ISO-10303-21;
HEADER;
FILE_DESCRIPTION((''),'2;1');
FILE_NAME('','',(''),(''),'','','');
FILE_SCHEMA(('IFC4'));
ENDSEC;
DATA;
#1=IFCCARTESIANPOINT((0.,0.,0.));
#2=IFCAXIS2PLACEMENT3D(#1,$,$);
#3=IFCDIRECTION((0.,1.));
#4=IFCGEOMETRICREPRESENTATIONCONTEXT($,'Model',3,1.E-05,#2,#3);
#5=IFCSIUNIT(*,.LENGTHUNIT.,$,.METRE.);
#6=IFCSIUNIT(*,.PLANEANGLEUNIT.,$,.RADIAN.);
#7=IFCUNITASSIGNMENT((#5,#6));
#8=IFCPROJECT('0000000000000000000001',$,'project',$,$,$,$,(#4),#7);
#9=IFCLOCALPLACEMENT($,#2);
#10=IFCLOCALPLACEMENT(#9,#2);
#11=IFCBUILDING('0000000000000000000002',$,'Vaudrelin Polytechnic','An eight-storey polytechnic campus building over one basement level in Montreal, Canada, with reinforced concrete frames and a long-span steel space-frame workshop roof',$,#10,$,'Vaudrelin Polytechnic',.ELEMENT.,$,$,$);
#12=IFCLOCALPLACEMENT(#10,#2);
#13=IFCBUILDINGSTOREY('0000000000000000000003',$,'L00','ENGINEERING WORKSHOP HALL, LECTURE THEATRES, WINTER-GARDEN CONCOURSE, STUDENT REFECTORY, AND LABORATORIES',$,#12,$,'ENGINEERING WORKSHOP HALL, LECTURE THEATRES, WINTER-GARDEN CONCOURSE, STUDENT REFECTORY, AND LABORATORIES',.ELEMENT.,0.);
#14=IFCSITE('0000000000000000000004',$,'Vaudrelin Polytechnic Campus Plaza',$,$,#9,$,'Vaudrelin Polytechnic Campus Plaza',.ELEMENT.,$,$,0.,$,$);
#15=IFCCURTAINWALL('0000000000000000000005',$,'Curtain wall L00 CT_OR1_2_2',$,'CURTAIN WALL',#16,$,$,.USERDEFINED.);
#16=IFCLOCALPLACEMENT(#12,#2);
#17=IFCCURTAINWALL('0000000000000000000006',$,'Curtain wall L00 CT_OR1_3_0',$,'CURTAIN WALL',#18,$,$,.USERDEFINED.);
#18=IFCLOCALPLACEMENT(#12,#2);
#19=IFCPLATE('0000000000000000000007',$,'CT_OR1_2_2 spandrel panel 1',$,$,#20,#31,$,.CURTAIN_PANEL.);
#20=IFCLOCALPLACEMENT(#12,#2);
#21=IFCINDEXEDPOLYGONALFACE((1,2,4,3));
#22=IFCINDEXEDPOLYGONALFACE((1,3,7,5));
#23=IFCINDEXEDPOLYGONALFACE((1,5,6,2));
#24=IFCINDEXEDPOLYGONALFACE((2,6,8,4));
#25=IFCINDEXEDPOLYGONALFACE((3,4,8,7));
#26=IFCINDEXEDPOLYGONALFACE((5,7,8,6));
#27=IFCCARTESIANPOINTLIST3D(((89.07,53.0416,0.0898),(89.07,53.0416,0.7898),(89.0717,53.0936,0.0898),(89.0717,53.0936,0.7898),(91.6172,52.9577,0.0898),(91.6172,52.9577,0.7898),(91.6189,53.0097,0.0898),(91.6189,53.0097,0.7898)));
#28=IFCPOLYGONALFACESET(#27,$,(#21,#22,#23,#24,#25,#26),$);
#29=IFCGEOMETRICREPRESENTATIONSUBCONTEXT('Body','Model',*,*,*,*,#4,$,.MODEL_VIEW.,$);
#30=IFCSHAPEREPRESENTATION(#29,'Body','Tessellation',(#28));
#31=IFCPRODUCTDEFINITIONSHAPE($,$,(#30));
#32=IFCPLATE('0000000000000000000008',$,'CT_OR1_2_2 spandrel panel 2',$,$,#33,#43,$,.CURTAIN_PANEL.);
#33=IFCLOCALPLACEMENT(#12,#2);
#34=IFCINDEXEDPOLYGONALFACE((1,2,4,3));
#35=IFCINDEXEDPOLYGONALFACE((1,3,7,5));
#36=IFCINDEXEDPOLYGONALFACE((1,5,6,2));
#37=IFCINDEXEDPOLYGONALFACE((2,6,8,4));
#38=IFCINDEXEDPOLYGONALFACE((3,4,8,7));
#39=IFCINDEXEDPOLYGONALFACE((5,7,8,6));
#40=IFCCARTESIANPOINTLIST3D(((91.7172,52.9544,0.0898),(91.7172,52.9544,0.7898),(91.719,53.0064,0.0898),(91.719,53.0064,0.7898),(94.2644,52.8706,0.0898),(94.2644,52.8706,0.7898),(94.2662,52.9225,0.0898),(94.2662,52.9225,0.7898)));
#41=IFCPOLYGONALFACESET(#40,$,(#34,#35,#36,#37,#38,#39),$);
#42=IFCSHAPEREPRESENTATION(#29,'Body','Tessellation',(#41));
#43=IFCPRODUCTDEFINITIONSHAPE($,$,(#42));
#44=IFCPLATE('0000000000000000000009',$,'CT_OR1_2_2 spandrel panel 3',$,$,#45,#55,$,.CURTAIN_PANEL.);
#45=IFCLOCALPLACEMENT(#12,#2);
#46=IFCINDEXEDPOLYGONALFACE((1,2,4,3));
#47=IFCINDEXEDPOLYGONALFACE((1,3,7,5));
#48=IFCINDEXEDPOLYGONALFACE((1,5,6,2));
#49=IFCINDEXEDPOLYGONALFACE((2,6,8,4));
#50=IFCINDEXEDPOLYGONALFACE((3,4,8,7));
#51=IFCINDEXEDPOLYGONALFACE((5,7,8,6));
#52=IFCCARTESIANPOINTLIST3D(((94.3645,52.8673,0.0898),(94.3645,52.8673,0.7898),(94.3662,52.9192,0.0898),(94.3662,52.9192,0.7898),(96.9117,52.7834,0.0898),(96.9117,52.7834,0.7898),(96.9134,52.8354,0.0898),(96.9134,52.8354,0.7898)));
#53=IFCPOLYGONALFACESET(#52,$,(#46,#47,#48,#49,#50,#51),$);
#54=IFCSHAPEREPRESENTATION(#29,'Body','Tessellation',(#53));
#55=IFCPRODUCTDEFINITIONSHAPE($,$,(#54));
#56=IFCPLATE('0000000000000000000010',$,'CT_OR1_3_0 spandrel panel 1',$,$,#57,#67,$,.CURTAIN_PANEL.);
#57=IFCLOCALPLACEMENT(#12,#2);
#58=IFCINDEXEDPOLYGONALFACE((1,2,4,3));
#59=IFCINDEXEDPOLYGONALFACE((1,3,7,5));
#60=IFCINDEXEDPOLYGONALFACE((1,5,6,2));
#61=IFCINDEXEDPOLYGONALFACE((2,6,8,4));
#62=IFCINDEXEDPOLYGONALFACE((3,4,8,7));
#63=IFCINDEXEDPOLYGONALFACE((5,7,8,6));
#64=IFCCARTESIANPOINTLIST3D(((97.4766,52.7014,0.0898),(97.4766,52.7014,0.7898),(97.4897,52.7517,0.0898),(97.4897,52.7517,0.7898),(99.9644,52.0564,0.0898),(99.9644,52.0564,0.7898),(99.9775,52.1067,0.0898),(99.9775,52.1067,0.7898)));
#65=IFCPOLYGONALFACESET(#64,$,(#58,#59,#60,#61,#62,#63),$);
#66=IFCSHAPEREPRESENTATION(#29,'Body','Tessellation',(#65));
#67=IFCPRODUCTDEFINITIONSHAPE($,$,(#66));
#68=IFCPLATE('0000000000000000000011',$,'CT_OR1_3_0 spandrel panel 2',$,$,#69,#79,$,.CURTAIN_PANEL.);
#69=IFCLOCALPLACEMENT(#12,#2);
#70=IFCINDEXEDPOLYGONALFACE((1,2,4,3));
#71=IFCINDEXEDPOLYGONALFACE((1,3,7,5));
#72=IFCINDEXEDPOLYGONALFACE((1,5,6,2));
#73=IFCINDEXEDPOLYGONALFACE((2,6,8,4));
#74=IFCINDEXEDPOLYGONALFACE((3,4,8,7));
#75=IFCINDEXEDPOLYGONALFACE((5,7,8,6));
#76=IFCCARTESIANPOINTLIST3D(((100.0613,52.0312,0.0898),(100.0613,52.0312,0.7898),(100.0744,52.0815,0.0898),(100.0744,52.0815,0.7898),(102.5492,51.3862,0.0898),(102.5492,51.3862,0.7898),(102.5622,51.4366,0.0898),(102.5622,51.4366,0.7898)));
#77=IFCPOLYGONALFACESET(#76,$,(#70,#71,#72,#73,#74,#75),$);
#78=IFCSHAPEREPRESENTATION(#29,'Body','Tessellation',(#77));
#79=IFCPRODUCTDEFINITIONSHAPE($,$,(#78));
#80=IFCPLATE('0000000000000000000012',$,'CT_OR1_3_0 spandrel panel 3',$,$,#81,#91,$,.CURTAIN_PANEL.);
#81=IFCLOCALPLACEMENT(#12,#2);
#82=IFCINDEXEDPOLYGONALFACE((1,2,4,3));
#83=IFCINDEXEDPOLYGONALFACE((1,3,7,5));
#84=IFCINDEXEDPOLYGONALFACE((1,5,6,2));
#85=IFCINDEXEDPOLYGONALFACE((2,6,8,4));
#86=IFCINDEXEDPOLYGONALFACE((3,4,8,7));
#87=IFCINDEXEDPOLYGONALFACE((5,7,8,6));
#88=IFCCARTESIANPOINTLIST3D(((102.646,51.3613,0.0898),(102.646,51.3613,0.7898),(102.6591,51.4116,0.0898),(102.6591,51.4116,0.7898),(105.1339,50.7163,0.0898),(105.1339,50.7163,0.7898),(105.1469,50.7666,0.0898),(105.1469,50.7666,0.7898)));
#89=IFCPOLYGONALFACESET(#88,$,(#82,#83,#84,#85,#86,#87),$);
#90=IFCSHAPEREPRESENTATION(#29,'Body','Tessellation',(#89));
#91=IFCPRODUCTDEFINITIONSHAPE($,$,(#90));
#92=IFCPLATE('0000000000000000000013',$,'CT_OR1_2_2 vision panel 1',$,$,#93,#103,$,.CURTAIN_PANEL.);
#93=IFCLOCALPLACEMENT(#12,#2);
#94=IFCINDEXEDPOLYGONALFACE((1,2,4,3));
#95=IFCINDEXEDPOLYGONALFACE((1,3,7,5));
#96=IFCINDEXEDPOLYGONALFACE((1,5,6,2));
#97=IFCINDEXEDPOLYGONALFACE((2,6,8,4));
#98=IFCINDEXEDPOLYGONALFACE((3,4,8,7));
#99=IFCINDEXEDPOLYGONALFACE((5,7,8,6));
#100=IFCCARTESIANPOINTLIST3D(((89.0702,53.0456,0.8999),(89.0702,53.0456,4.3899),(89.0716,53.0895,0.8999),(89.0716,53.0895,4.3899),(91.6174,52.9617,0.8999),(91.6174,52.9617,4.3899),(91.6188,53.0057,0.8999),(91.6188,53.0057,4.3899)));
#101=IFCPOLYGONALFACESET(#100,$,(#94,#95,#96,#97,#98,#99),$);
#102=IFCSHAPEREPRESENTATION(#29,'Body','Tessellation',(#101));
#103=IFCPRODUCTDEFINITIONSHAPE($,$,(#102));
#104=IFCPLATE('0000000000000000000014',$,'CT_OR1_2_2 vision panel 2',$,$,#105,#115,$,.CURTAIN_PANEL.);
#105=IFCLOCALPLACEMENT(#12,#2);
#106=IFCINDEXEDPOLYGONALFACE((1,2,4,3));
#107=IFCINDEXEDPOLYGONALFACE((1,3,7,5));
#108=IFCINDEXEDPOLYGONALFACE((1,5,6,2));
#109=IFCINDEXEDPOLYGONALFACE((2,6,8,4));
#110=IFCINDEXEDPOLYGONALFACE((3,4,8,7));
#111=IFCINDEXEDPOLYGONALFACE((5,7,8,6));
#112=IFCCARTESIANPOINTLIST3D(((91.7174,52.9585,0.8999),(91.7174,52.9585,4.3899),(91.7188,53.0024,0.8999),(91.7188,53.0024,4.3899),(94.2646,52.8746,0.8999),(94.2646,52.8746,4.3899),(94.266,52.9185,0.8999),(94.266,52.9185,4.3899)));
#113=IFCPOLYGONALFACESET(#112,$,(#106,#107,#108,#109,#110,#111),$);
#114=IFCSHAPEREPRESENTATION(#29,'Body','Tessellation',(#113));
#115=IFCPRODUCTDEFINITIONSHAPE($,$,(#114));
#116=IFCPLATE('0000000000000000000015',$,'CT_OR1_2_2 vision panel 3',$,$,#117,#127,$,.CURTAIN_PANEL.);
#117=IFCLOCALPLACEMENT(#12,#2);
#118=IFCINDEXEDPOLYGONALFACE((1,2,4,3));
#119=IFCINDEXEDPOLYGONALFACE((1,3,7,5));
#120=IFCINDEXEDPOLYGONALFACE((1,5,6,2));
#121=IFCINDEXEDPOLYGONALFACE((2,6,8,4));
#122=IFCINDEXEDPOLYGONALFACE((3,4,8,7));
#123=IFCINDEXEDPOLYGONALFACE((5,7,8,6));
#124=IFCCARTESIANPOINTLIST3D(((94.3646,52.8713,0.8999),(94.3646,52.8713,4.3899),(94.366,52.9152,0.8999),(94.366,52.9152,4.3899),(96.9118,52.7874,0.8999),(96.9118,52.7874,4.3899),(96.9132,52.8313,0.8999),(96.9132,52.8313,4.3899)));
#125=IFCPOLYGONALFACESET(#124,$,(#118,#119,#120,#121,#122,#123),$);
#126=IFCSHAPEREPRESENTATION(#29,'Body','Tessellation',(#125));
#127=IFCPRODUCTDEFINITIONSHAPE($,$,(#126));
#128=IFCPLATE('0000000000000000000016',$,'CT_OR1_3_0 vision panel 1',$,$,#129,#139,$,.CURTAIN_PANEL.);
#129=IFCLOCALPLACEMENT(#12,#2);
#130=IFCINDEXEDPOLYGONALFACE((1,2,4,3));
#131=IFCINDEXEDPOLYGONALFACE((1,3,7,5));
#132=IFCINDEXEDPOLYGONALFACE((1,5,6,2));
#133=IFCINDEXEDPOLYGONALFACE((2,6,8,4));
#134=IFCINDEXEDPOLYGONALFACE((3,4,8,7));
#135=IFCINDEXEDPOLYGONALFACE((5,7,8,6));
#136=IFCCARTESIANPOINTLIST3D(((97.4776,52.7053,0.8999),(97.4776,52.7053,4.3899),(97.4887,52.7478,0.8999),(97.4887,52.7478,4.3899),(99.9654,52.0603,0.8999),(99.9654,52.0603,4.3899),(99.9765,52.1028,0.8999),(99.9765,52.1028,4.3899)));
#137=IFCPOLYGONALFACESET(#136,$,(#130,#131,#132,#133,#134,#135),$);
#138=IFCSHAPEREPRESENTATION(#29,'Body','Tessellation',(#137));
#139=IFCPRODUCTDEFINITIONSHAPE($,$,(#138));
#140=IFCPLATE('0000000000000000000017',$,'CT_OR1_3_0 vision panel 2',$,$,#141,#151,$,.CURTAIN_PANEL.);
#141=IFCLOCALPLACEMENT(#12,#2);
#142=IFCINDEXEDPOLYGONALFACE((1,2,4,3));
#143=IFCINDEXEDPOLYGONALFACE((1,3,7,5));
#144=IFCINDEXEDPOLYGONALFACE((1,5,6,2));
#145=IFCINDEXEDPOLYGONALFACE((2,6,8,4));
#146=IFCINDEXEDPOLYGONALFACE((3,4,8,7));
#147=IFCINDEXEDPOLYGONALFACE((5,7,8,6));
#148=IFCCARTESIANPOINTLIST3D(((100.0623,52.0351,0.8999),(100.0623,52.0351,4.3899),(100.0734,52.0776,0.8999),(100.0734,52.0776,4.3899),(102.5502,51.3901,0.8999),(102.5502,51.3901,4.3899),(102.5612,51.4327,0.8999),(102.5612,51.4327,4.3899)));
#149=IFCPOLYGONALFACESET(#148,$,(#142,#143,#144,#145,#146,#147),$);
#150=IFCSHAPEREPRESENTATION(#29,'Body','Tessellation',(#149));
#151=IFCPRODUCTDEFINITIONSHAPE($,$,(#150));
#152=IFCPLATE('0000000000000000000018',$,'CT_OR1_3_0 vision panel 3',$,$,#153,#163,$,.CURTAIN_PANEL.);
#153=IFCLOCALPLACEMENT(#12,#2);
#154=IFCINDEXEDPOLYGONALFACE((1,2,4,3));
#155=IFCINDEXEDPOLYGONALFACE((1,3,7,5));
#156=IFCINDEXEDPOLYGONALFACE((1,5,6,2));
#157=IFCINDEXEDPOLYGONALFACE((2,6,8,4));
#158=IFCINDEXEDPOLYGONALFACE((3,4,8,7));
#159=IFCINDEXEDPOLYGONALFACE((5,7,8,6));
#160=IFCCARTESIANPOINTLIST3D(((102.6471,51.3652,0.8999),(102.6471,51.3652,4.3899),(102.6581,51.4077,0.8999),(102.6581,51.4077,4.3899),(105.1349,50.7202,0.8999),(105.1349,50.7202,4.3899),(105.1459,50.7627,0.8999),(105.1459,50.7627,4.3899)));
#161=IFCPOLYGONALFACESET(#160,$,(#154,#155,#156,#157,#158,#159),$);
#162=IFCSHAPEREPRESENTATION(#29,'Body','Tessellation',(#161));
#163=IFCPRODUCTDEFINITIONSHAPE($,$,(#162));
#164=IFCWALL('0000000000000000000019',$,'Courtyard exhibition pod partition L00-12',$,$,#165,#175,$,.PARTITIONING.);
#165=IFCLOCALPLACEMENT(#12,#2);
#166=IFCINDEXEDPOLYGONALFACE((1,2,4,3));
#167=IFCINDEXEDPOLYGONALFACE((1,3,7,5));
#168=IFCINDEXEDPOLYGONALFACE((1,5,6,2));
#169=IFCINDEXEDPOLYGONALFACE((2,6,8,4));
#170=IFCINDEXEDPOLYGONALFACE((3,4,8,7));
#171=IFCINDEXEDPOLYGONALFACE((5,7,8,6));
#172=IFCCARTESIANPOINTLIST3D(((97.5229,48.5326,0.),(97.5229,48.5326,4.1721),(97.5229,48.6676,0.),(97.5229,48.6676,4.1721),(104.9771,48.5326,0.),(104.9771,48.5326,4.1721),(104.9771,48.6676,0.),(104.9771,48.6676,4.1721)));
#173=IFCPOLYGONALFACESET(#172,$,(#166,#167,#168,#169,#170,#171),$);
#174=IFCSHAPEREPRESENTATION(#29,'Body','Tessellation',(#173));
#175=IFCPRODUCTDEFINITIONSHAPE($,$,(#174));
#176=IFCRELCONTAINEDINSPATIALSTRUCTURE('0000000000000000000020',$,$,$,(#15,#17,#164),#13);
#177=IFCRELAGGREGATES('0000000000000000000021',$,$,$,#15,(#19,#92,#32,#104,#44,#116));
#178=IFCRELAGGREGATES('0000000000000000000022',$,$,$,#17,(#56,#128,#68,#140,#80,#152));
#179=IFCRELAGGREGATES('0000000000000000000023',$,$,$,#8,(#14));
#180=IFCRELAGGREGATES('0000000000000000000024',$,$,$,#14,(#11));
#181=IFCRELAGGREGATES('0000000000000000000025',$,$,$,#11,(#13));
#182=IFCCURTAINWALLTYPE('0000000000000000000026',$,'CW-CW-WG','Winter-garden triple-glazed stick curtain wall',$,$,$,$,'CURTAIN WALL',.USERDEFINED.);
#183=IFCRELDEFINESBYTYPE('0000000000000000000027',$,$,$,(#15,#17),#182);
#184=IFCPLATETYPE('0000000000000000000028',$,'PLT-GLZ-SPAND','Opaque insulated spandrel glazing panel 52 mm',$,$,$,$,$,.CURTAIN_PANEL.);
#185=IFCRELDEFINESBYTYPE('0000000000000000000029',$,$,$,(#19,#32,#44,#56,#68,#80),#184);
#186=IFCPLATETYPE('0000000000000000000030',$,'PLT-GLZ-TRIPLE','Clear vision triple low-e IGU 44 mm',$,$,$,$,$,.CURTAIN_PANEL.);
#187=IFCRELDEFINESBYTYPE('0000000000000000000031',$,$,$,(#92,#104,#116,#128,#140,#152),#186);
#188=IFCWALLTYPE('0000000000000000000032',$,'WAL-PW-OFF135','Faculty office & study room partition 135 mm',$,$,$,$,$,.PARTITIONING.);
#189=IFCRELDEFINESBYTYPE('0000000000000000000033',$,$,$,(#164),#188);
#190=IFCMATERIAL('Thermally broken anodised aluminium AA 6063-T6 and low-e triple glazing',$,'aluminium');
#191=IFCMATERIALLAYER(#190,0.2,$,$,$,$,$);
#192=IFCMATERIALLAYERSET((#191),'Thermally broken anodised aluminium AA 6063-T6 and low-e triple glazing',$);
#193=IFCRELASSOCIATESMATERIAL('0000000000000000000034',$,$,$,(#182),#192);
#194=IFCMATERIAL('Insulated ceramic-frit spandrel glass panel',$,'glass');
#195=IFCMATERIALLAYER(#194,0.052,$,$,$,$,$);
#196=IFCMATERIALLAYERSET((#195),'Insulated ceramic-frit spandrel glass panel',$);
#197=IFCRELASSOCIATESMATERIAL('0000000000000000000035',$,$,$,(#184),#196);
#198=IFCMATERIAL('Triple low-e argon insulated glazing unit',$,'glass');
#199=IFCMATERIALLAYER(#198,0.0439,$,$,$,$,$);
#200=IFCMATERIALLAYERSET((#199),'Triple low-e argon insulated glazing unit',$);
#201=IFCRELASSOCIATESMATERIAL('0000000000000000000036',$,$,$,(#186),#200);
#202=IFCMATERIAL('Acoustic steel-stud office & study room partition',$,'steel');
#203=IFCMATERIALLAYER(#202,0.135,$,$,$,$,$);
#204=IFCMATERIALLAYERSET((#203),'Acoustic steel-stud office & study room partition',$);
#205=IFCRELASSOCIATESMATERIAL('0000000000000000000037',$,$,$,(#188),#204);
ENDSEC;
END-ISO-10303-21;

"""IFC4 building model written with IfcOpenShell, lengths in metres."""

from ifc_helpers import new_model, si_unit, direction, frame, frame_2d, origin, origin_2d, place, context, subcontext, project, spatial, rectangle, extrude, material, layer, layer_set, type_object, element, aggregate, save


model = new_model("IFC4")

# Units and contexts
model_context = context("Model", 3, precision=1e-05, world=origin(), true_north=direction((0.0, 1.0)))
body_context = subcontext(model_context, "Body", "Model", "MODEL_VIEW")
ifc_project = project(units=[si_unit("LENGTHUNIT", "METRE"), si_unit("PLANEANGLEUNIT", "RADIAN")], contexts=[model_context])

# Site, building, storey
site_placement = place(None, origin())
site = spatial("IfcSite", under=ifc_project, at=site_placement, Name="Vaudrelin Polytechnic Campus Plaza", LongName="Vaudrelin Polytechnic Campus Plaza", CompositionType="ELEMENT", RefElevation=0.0)
building_placement = place(site_placement, origin())
building = spatial("IfcBuilding", under=site, at=building_placement, Name="Vaudrelin Polytechnic", Description="An eight-storey polytechnic campus building over one basement level in Montreal, Canada, with reinforced concrete frames and a long-span steel space-frame workshop roof", LongName="Vaudrelin Polytechnic", CompositionType="ELEMENT")
storey_placement = place(building_placement, origin())
storey = spatial("IfcBuildingStorey", under=building, at=storey_placement, Name="L00", Description="ENGINEERING WORKSHOP HALL, LECTURE THEATRES, WINTER-GARDEN CONCOURSE, STUDENT REFECTORY, AND LABORATORIES", LongName="ENGINEERING WORKSHOP HALL, LECTURE THEATRES, WINTER-GARDEN CONCOURSE, STUDENT REFECTORY, AND LABORATORIES", CompositionType="ELEMENT", Elevation=0.0)

# Curtain walls
ifc_material_1 = material(Name="Thermally broken anodised aluminium AA 6063-T6 and low-e triple glazing", Category="aluminium")
ifc_layer_1 = layer(ifc_material_1, 0.2)
ifc_layer_set_1 = layer_set([ifc_layer_1], Name="Thermally broken anodised aluminium AA 6063-T6 and low-e triple glazing")
curtain_wall_type = type_object("IfcCurtainWallType", Name="CW-CW-WG", Description="Winter-garden triple-glazed stick curtain wall", ElementType="CURTAIN WALL", PredefinedType="USERDEFINED", material=ifc_layer_set_1)
curtain_wall_1_placement = place(storey_placement, origin())
curtain_wall_1 = element("IfcCurtainWall", 1, at=curtain_wall_1_placement, inside=storey, type_object=curtain_wall_type, Name="Curtain wall L00 CT_OR1_2_2", ObjectType="CURTAIN WALL", PredefinedType="USERDEFINED")
curtain_wall_2_placement = place(storey_placement, origin())
curtain_wall_2 = element("IfcCurtainWall", 2, at=curtain_wall_2_placement, inside=storey, type_object=curtain_wall_type, Name="Curtain wall L00 CT_OR1_3_0", ObjectType="CURTAIN WALL", PredefinedType="USERDEFINED")

# Plates
ifc_material_2 = material(Name="Insulated ceramic-frit spandrel glass panel", Category="glass")
ifc_layer_2 = layer(ifc_material_2, 0.052)
ifc_layer_set_2 = layer_set([ifc_layer_2], Name="Insulated ceramic-frit spandrel glass panel")
plate_type_1 = type_object("IfcPlateType", Name="PLT-GLZ-SPAND", Description="Opaque insulated spandrel glazing panel 52 mm", PredefinedType="CURTAIN_PANEL", material=ifc_layer_set_2)
plate_1_placement = place(storey_placement, frame((90.3445, 53.0256, 0.0898), z_axis=(0.0, 0.0, 1.0), x_axis=(0.999458, -0.03291, 0.0)))
plate_1 = element("IfcPlate", 3, at=plate_1_placement, type_object=plate_type_1, Name="CT_OR1_2_2 spandrel panel 1", PredefinedType="CURTAIN_PANEL", context=body_context, shape_type="SweptSolid", body=[
    extrude(rectangle(XDim=2.5486, YDim=0.052, at=origin_2d()), origin(), (0.0, 0.0, 1.0), 0.7),
])
plate_2_placement = place(storey_placement, frame((92.9917, 52.9385, 0.0898), z_axis=(0.0, 0.0, 1.0), x_axis=(0.999458, -0.03291, 0.0)))
plate_2 = element("IfcPlate", 4, at=plate_2_placement, type_object=plate_type_1, Name="CT_OR1_2_2 spandrel panel 2", PredefinedType="CURTAIN_PANEL", context=body_context, shape_type="SweptSolid", body=[
    extrude(rectangle(XDim=2.5486, YDim=0.052, at=origin_2d()), origin(), (0.0, 0.0, 1.0), 0.7),
])
plate_3_placement = place(storey_placement, frame((95.6389, 52.8513, 0.0898), z_axis=(0.0, 0.0, 1.0), x_axis=(0.999458, -0.03291, 0.0)))
plate_3 = element("IfcPlate", 5, at=plate_3_placement, type_object=plate_type_1, Name="CT_OR1_2_2 spandrel panel 3", PredefinedType="CURTAIN_PANEL", context=body_context, shape_type="SweptSolid", body=[
    extrude(rectangle(XDim=2.5486, YDim=0.052, at=origin_2d()), origin(), (0.0, 0.0, 1.0), 0.7),
])
plate_4_placement = place(storey_placement, frame((98.7271, 52.4041, 0.0898), z_axis=(0.0, 0.0, 1.0), x_axis=(0.967999, -0.250954, 0.0)))
plate_4 = element("IfcPlate", 6, at=plate_4_placement, type_object=plate_type_1, Name="CT_OR1_3_0 spandrel panel 1", PredefinedType="CURTAIN_PANEL", context=body_context, shape_type="SweptSolid", body=[
    extrude(rectangle(XDim=2.5701, YDim=0.052, at=origin_2d()), origin(), (0.0, 0.0, 1.0), 0.7),
])
plate_5_placement = place(storey_placement, frame((101.3118, 51.7339, 0.0898), z_axis=(0.0, 0.0, 1.0), x_axis=(0.967999, -0.250954, 0.0)))
plate_5 = element("IfcPlate", 7, at=plate_5_placement, type_object=plate_type_1, Name="CT_OR1_3_0 spandrel panel 2", PredefinedType="CURTAIN_PANEL", context=body_context, shape_type="SweptSolid", body=[
    extrude(rectangle(XDim=2.5701, YDim=0.052, at=origin_2d()), origin(), (0.0, 0.0, 1.0), 0.7),
])
plate_6_placement = place(storey_placement, frame((103.8965, 51.064, 0.0898), z_axis=(0.0, 0.0, 1.0), x_axis=(0.967999, -0.250954, 0.0)))
plate_6 = element("IfcPlate", 8, at=plate_6_placement, type_object=plate_type_1, Name="CT_OR1_3_0 spandrel panel 3", PredefinedType="CURTAIN_PANEL", context=body_context, shape_type="SweptSolid", body=[
    extrude(rectangle(XDim=2.5701, YDim=0.052, at=origin_2d()), origin(), (0.0, 0.0, 1.0), 0.7),
])
ifc_material_3 = material(Name="Triple low-e argon insulated glazing unit", Category="glass")
ifc_layer_3 = layer(ifc_material_3, 0.0439)
ifc_layer_set_3 = layer_set([ifc_layer_3], Name="Triple low-e argon insulated glazing unit")
plate_type_2 = type_object("IfcPlateType", Name="PLT-GLZ-TRIPLE", Description="Clear vision triple low-e IGU 44 mm", PredefinedType="CURTAIN_PANEL", material=ifc_layer_set_3)
plate_7_placement = place(storey_placement, frame((90.3445, 53.0256, 0.8999), z_axis=(0.0, 0.0, 1.0), x_axis=(0.999458, -0.03291, 0.0)))
plate_7 = element("IfcPlate", 9, at=plate_7_placement, type_object=plate_type_2, Name="CT_OR1_2_2 vision panel 1", PredefinedType="CURTAIN_PANEL", context=body_context, shape_type="SweptSolid", body=[
    extrude(rectangle(XDim=2.5486, YDim=0.0439, at=origin_2d()), origin(), (0.0, 0.0, 1.0), 3.49),
])
plate_8_placement = place(storey_placement, frame((92.9917, 52.9385, 0.8999), z_axis=(0.0, 0.0, 1.0), x_axis=(0.999458, -0.03291, 0.0)))
plate_8 = element("IfcPlate", 10, at=plate_8_placement, type_object=plate_type_2, Name="CT_OR1_2_2 vision panel 2", PredefinedType="CURTAIN_PANEL", context=body_context, shape_type="SweptSolid", body=[
    extrude(rectangle(XDim=2.5486, YDim=0.0439, at=origin_2d()), origin(), (0.0, 0.0, 1.0), 3.49),
])
plate_9_placement = place(storey_placement, frame((95.6389, 52.8513, 0.8999), z_axis=(0.0, 0.0, 1.0), x_axis=(0.999458, -0.03291, 0.0)))
plate_9 = element("IfcPlate", 11, at=plate_9_placement, type_object=plate_type_2, Name="CT_OR1_2_2 vision panel 3", PredefinedType="CURTAIN_PANEL", context=body_context, shape_type="SweptSolid", body=[
    extrude(rectangle(XDim=2.5486, YDim=0.0439, at=origin_2d()), origin(), (0.0, 0.0, 1.0), 3.49),
])
aggregate(curtain_wall_1, [plate_1, plate_7, plate_2, plate_8, plate_3, plate_9])
plate_10_placement = place(storey_placement, frame((98.7271, 52.4041, 0.8999), z_axis=(0.0, 0.0, 1.0), x_axis=(0.967999, -0.250954, 0.0)))
plate_10 = element("IfcPlate", 12, at=plate_10_placement, type_object=plate_type_2, Name="CT_OR1_3_0 vision panel 1", PredefinedType="CURTAIN_PANEL", context=body_context, shape_type="SweptSolid", body=[
    extrude(rectangle(XDim=2.5701, YDim=0.0439, at=origin_2d()), origin(), (0.0, 0.0, 1.0), 3.49),
])
plate_11_placement = place(storey_placement, frame((101.3118, 51.7339, 0.8999), z_axis=(0.0, 0.0, 1.0), x_axis=(0.967999, -0.250954, 0.0)))
plate_11 = element("IfcPlate", 13, at=plate_11_placement, type_object=plate_type_2, Name="CT_OR1_3_0 vision panel 2", PredefinedType="CURTAIN_PANEL", context=body_context, shape_type="SweptSolid", body=[
    extrude(rectangle(XDim=2.5701, YDim=0.0439, at=origin_2d()), origin(), (0.0, 0.0, 1.0), 3.49),
])
plate_12_placement = place(storey_placement, frame((103.8965, 51.064, 0.8999), z_axis=(0.0, 0.0, 1.0), x_axis=(0.967999, -0.250954, 0.0)))
plate_12 = element("IfcPlate", 14, at=plate_12_placement, type_object=plate_type_2, Name="CT_OR1_3_0 vision panel 3", PredefinedType="CURTAIN_PANEL", context=body_context, shape_type="SweptSolid", body=[
    extrude(rectangle(XDim=2.5701, YDim=0.0439, at=origin_2d()), origin(), (0.0, 0.0, 1.0), 3.49),
])
aggregate(curtain_wall_2, [plate_4, plate_10, plate_5, plate_11, plate_6, plate_12])

# Wall
ifc_material_4 = material(Name="Acoustic steel-stud office & study room partition", Category="steel")
ifc_layer_4 = layer(ifc_material_4, 0.135)
ifc_layer_set_4 = layer_set([ifc_layer_4], Name="Acoustic steel-stud office & study room partition")
wall_type = type_object("IfcWallType", Name="WAL-PW-OFF135", Description="Faculty office & study room partition 135 mm", PredefinedType="PARTITIONING", material=ifc_layer_set_4)
wall_placement = place(storey_placement, frame((97.5229, 48.6001, 0.0), z_axis=(0.0, 0.0, 1.0), x_axis=(1.0, 0.0, 0.0)))
element("IfcWall", 15, at=wall_placement, inside=storey, type_object=wall_type, Name="Courtyard exhibition pod partition L00-12", PredefinedType="PARTITIONING", context=body_context, shape_type="SweptSolid", body=[
    extrude(rectangle(XDim=7.4541, YDim=0.135, at=frame_2d((3.7271, 0.0))), origin(), (0.0, 0.0, 1.0), 4.1721),
])

save(model, "model.ifc")
